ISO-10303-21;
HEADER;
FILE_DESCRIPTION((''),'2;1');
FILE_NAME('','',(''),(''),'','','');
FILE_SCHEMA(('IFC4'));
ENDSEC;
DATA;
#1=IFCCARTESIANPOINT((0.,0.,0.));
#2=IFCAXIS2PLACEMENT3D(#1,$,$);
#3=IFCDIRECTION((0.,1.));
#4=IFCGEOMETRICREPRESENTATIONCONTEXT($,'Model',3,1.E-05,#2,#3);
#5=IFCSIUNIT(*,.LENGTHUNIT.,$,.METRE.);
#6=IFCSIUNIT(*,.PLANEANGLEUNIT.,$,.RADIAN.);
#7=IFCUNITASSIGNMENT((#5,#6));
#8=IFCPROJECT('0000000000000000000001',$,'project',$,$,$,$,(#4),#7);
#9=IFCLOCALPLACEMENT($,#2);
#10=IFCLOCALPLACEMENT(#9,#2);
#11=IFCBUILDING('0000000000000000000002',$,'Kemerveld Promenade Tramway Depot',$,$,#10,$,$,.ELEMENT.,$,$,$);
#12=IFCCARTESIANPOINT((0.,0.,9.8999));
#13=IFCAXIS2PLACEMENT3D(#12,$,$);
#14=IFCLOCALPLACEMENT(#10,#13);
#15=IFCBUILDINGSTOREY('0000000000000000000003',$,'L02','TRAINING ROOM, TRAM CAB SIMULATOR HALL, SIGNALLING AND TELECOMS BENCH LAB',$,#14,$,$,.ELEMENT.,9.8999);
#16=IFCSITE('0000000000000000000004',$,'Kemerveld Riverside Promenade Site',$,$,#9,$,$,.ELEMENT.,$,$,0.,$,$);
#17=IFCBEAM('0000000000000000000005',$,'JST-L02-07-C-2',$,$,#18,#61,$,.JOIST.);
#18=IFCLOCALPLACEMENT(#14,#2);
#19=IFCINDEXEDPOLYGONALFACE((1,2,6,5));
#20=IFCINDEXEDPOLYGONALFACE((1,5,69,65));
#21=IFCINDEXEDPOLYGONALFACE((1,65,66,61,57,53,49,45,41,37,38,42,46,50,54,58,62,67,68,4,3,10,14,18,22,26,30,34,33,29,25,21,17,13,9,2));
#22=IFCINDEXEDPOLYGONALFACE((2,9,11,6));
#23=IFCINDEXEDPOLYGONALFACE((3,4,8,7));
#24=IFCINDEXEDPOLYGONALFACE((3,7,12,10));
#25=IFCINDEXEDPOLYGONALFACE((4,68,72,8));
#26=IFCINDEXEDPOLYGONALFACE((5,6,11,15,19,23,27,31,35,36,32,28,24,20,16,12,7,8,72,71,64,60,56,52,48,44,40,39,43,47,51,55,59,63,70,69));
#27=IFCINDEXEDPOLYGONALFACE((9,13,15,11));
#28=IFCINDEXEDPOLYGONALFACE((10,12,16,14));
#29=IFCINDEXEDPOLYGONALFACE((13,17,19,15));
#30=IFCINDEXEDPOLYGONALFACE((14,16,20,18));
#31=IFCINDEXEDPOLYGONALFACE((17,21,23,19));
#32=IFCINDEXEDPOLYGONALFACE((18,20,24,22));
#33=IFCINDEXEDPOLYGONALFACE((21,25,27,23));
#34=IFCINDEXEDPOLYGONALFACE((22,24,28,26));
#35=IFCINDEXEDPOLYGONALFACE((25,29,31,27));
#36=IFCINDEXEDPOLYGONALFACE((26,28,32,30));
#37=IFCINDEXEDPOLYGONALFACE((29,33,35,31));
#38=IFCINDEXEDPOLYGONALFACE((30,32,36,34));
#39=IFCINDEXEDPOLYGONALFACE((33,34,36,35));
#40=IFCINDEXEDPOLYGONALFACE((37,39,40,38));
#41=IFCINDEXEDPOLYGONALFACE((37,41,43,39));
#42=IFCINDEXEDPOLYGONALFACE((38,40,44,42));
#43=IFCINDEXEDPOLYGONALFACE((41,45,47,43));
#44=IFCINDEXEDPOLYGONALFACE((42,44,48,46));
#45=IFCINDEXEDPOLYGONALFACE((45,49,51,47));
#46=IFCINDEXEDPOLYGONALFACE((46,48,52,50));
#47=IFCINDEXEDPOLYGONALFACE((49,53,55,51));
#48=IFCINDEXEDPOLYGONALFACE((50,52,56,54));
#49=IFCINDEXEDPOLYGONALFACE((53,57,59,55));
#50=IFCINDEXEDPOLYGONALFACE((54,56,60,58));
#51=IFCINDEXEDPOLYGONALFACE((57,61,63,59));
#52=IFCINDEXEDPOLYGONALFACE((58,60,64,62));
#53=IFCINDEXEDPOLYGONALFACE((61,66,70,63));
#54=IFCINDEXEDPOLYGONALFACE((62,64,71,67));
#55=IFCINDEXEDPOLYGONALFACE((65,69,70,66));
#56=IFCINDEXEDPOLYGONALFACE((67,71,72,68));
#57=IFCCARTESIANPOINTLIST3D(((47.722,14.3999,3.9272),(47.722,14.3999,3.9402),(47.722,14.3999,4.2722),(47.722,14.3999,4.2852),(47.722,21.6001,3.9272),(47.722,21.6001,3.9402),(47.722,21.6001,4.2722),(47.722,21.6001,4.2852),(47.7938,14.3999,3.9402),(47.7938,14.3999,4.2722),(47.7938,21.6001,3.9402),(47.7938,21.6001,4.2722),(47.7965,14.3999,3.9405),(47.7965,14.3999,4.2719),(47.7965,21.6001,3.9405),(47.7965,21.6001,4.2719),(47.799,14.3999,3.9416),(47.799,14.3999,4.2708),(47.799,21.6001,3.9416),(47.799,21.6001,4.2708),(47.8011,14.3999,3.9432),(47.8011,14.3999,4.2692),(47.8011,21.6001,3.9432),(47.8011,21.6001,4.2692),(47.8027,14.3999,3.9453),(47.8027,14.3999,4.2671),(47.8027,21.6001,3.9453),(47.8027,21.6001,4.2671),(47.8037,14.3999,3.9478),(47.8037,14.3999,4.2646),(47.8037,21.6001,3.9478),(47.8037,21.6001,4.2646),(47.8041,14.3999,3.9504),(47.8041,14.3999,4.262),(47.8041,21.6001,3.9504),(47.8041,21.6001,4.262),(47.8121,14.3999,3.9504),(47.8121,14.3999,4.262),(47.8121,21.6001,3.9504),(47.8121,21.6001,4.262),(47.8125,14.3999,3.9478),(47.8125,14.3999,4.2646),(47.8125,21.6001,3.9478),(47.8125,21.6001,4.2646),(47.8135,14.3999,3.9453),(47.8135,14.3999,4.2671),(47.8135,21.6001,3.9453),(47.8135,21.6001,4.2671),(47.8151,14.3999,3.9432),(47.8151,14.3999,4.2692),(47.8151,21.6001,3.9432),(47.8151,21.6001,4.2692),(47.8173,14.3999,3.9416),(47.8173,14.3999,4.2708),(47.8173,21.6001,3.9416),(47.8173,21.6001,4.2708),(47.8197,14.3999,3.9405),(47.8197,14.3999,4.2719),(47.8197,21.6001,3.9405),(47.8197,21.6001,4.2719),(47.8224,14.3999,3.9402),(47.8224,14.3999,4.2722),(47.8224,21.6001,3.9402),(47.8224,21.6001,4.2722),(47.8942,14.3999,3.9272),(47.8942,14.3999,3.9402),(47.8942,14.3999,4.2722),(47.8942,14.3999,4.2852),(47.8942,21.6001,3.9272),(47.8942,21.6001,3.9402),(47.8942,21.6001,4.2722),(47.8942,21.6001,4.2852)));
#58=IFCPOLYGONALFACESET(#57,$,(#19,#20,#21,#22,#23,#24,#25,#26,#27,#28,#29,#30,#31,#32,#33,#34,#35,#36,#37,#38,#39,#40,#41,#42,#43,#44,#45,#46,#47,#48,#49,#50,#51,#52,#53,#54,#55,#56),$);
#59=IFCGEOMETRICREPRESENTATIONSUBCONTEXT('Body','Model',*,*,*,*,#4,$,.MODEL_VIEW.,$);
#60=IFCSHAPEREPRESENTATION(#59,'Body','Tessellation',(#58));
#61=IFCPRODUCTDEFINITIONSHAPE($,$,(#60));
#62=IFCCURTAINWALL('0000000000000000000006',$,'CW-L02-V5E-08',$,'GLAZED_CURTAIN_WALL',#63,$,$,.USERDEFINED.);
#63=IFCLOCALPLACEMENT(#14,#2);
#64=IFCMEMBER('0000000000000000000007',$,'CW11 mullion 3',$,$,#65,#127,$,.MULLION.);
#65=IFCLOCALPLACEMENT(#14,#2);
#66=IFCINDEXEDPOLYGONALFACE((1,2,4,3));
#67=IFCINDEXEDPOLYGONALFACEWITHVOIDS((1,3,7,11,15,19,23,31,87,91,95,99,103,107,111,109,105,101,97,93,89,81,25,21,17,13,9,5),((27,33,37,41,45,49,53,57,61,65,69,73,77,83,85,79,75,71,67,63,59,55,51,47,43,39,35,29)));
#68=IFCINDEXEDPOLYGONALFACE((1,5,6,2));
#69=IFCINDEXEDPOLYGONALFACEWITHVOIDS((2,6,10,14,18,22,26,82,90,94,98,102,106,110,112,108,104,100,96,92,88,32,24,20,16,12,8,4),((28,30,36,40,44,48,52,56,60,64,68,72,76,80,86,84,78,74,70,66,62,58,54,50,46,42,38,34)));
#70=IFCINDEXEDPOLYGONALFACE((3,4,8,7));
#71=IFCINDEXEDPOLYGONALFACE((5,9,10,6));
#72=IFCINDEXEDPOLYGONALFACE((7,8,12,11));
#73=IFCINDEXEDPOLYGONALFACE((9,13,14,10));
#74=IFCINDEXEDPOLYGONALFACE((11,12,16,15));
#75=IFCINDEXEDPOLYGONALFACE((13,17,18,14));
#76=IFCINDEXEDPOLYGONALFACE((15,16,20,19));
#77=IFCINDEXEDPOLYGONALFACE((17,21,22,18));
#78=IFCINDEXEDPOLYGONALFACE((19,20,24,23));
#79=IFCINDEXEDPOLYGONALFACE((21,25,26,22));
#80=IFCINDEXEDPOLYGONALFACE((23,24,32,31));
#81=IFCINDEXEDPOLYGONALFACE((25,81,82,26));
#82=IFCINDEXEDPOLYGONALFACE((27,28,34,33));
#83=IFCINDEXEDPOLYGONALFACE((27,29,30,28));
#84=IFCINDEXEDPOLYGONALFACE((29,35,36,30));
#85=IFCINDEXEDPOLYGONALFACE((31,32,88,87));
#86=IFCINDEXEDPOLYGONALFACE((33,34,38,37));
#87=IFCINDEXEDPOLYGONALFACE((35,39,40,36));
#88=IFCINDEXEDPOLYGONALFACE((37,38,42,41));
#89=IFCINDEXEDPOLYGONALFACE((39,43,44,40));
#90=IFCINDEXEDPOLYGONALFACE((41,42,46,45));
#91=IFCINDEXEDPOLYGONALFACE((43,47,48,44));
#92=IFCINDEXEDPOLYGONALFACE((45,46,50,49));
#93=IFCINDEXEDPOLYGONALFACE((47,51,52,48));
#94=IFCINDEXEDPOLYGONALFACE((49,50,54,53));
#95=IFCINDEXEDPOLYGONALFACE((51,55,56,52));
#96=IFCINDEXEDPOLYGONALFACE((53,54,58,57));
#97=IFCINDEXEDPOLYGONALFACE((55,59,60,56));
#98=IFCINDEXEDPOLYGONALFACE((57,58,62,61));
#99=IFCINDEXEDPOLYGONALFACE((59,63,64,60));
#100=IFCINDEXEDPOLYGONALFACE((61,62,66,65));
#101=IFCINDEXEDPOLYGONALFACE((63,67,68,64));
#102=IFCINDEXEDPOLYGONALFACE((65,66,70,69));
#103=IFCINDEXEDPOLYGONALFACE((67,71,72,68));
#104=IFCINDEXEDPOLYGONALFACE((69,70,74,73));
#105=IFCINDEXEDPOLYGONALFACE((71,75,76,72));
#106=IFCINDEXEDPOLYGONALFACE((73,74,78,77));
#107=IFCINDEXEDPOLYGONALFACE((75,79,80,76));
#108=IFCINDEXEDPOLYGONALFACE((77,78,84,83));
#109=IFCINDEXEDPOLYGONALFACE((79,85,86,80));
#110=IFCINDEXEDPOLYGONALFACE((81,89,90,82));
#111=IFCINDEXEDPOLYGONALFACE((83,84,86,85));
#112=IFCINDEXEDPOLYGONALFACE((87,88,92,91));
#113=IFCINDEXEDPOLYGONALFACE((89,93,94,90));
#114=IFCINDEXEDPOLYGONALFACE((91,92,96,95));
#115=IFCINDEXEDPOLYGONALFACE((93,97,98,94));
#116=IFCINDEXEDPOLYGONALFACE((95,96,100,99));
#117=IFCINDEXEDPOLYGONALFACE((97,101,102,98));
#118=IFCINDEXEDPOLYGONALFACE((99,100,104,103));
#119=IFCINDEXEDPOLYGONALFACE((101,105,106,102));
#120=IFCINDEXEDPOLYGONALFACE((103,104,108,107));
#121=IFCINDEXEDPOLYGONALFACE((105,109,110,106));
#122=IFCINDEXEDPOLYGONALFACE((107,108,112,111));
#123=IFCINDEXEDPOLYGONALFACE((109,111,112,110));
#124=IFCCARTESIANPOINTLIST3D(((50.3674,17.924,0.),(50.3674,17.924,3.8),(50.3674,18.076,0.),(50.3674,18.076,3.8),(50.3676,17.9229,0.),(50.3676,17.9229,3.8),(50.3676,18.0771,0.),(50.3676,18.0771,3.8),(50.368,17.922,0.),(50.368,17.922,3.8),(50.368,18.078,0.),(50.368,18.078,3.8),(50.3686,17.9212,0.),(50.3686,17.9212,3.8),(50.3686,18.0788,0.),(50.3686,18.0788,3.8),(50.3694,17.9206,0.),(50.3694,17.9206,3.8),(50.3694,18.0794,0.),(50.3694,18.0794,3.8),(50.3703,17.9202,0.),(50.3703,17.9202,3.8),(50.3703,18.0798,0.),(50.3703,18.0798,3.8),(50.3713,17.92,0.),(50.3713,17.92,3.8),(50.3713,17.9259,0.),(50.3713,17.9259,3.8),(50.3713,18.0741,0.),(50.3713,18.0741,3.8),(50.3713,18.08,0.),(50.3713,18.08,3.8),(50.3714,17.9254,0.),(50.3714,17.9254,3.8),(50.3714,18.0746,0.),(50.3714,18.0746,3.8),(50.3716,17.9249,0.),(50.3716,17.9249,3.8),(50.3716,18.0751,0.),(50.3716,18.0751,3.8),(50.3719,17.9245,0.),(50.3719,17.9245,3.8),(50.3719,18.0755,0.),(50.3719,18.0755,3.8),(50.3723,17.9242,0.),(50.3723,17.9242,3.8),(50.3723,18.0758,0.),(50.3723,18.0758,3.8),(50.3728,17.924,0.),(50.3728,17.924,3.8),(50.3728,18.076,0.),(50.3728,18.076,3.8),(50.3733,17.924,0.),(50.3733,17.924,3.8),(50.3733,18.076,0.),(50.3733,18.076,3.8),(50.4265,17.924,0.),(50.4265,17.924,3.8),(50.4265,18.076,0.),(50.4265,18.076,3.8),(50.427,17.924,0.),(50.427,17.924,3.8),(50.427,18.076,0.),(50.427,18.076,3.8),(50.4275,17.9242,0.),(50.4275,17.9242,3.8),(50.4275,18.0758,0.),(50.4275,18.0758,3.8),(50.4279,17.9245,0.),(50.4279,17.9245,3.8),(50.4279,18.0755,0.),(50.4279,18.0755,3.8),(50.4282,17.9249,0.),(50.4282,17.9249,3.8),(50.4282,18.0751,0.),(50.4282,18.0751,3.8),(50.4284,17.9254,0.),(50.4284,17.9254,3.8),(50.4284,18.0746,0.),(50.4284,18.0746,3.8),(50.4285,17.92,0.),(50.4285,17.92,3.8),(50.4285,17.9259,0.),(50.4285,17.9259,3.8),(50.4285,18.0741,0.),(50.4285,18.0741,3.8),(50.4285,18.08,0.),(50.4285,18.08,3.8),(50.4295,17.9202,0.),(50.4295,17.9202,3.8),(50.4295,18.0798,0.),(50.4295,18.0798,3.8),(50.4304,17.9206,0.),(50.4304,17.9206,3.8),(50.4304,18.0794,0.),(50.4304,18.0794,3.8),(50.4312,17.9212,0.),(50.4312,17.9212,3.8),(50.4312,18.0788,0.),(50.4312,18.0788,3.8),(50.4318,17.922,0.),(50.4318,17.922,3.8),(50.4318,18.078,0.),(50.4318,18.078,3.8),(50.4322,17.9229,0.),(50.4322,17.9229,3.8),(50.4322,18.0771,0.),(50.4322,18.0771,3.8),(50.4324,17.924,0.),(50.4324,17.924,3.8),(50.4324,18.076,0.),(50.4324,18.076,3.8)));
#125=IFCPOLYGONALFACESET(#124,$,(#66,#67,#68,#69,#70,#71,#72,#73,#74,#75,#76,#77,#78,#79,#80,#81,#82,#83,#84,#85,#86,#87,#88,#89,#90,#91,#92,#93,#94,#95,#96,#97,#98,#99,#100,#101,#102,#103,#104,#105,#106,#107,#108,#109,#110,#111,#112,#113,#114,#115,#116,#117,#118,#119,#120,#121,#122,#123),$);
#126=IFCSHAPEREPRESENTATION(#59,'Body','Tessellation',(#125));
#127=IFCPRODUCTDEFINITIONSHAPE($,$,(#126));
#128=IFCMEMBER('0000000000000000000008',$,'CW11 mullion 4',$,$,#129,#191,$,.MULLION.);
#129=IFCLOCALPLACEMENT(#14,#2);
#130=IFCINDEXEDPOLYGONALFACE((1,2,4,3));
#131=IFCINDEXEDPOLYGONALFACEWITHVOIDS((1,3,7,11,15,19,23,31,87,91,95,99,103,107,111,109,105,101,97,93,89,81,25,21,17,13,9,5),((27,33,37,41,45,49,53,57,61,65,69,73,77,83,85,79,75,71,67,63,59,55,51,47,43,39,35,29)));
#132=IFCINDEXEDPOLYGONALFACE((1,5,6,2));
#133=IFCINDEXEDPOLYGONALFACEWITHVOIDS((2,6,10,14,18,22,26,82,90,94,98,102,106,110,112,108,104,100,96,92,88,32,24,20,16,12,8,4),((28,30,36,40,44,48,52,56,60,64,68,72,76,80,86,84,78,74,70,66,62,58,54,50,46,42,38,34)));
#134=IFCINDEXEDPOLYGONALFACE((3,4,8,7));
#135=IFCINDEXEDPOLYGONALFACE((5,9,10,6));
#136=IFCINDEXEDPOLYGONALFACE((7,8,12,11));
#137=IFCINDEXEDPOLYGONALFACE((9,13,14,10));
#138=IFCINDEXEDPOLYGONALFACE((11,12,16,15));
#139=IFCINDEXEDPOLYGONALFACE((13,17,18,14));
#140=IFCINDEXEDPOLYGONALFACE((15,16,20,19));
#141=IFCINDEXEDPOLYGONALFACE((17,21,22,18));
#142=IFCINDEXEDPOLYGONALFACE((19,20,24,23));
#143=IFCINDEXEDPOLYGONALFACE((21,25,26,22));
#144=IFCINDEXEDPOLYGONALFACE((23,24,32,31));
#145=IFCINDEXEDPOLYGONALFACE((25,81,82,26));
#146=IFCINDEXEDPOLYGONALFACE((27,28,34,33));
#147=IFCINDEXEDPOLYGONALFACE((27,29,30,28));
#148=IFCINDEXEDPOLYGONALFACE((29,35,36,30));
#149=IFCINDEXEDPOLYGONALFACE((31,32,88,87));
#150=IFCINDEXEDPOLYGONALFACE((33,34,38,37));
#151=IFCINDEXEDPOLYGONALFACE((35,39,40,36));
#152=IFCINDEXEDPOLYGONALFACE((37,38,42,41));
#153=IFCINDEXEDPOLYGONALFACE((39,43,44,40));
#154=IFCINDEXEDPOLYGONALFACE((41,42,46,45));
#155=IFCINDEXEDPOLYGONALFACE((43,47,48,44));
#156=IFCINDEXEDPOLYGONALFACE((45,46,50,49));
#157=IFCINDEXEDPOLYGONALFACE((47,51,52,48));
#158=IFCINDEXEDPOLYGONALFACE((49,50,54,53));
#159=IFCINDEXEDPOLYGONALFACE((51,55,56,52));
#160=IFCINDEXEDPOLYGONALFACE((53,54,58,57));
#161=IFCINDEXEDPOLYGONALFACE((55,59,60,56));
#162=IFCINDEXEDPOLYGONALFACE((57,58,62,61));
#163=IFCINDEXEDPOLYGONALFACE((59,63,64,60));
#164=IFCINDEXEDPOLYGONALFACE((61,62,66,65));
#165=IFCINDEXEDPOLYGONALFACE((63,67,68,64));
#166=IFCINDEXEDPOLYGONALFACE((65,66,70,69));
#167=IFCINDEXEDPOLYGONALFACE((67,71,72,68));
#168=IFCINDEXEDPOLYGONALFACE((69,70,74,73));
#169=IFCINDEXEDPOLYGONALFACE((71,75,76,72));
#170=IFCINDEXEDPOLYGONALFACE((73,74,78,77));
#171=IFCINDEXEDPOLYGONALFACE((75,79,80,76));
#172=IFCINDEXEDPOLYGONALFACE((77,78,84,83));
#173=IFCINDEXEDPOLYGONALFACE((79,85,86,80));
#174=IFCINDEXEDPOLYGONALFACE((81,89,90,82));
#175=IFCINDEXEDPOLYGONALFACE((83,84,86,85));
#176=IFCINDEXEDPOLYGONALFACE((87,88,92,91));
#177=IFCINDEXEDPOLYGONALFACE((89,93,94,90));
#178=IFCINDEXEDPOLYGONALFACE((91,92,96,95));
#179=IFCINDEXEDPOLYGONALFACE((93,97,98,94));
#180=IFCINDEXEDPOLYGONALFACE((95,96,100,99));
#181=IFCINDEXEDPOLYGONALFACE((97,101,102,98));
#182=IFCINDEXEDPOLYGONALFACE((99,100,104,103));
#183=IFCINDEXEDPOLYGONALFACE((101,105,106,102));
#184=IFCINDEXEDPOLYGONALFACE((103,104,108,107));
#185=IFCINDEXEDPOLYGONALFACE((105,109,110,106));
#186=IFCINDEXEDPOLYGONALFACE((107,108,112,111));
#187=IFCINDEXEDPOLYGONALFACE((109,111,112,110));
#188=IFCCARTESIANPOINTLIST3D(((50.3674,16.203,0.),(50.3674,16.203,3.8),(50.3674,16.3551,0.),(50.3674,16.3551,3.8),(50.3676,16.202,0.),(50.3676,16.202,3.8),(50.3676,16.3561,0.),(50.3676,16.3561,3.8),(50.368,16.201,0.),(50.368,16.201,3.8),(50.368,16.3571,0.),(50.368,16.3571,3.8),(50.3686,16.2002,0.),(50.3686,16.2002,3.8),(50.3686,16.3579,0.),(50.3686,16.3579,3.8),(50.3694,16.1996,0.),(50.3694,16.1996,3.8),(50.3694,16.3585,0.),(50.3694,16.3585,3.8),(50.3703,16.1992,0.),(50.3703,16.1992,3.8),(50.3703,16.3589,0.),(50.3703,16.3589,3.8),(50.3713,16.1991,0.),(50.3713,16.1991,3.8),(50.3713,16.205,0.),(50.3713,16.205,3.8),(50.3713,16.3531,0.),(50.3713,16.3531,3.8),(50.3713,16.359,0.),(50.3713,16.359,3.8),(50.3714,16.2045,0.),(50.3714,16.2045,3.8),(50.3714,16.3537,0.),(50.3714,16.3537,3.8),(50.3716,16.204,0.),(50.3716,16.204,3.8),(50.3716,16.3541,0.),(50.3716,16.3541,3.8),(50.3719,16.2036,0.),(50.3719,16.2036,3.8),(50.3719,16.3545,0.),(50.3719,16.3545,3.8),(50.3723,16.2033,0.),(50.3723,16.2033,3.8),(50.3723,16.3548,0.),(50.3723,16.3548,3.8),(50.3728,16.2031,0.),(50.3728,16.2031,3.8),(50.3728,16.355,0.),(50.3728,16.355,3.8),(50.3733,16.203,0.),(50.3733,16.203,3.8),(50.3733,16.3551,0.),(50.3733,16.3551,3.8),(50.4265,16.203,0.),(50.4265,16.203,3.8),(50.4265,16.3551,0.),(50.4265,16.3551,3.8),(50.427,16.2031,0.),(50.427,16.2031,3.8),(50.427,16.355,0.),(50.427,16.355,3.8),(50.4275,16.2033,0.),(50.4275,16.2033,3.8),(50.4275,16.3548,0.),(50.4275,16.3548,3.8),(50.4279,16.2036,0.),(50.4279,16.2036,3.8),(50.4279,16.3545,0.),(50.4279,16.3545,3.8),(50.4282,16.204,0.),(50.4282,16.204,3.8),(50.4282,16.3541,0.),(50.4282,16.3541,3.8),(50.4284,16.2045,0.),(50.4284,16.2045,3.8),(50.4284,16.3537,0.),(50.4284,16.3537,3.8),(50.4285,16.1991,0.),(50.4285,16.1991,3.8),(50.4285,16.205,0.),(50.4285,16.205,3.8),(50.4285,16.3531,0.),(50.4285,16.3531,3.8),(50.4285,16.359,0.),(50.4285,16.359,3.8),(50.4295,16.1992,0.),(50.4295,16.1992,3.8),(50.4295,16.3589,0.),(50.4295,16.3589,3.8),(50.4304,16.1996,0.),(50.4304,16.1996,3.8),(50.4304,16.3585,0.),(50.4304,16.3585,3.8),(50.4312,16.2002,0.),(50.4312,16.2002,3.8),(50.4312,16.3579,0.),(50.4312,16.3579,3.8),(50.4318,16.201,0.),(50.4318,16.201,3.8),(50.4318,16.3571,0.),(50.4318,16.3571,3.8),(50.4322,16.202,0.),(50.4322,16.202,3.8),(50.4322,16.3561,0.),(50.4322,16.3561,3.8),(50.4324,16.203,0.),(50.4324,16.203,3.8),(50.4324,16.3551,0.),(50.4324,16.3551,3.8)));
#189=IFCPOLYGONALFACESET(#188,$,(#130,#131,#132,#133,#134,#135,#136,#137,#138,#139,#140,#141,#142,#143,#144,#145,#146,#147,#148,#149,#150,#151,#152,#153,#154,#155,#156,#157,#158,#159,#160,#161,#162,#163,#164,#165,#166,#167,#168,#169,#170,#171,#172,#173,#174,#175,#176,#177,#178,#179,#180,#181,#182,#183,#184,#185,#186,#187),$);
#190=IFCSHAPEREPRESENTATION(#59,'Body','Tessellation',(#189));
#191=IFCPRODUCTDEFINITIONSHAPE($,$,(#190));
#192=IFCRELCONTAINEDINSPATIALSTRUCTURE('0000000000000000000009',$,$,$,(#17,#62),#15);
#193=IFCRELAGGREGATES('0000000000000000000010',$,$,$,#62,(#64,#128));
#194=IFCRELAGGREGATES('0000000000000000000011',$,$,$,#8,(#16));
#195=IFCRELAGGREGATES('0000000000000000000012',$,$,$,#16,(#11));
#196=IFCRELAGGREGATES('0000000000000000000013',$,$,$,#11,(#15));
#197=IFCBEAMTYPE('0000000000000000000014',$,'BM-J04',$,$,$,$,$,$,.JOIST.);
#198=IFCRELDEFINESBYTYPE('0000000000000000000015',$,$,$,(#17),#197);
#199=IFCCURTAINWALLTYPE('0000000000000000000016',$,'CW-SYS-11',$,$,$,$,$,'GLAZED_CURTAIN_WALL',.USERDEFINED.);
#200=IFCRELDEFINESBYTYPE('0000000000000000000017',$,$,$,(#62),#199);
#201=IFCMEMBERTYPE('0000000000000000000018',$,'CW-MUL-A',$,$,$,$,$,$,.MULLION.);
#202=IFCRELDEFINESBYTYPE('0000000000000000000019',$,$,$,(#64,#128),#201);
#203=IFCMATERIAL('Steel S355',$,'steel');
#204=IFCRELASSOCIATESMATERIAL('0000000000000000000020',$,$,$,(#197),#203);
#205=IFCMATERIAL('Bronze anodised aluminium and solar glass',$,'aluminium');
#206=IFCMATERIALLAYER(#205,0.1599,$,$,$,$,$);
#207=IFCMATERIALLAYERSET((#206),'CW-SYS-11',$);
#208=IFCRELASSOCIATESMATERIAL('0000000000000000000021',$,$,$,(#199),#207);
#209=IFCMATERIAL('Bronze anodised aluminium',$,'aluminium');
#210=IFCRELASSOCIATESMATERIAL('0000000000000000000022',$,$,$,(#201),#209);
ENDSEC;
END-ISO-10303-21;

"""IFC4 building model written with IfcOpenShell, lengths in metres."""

from ifc_helpers import new_model, si_unit, direction, frame, origin, origin_2d, place, context, subcontext, project, spatial, hollow_rectangle, i_section, extrude, material, layer, layer_set, material_profile, profile_set, type_object, element, aggregate, save


model = new_model("IFC4")

# Units and contexts
model_context = context("Model", 3, precision=1e-05, world=origin(), true_north=direction((0.0, 1.0)))
body_context = subcontext(model_context, "Body", "Model", "MODEL_VIEW")
ifc_project = project(units=[si_unit("LENGTHUNIT", "METRE"), si_unit("PLANEANGLEUNIT", "RADIAN")], contexts=[model_context])

# Site, building, storey
site_placement = place(None, origin())
site = spatial("IfcSite", under=ifc_project, at=site_placement, Name="Kemerveld Riverside Promenade Site", CompositionType="ELEMENT", RefElevation=0.0)
building_placement = place(site_placement, origin())
building = spatial("IfcBuilding", under=site, at=building_placement, Name="Kemerveld Promenade Tramway Depot", CompositionType="ELEMENT")
storey_placement = place(building_placement, frame((0.0, 0.0, 9.8999)))
storey = spatial("IfcBuildingStorey", under=building, at=storey_placement, Name="L02", Description="TRAINING ROOM, TRAM CAB SIMULATOR HALL, SIGNALLING AND TELECOMS BENCH LAB", CompositionType="ELEMENT", Elevation=9.8999)

# Shared definitions
ifc_material_1 = material(Name="Steel S355", Category="steel")

# Beam
ifc_material_profile_1 = material_profile(ifc_material_1, i_section(OverallWidth=0.1721, OverallDepth=0.3579, WebThickness=0.0081, FlangeThickness=0.0129, FilletRadius=0.0103, at=origin_2d()), Name="356x171x57 UB")
ifc_profile_set_1 = profile_set([ifc_material_profile_1], Name="Steel S355")
beam_type_1 = type_object("IfcBeamType", Name="BM-J04", PredefinedType="JOIST", material=ifc_profile_set_1)
for number, where, z_axis, x_axis, name in (
    (1, (47.8081, 14.3999, 4.1062), (0.0, 1.0, 0.0), (-1.0, 0.0, 0.0), "JST-L02-07-C-2"),
):
    element("IfcBeam", number, at=place(storey_placement, frame(where, z_axis=z_axis, x_axis=x_axis)), inside=storey, type_object=beam_type_1, Name=name, PredefinedType="JOIST", context=body_context, shape_type="SweptSolid", body=[
        extrude(i_section(OverallWidth=0.1721, OverallDepth=0.3579, WebThickness=0.0081, FlangeThickness=0.0129, FilletRadius=0.0103, at=origin_2d()), origin(), (0.0, 0.0, 1.0), 7.2002),
    ])

# Curtain wall, members
ifc_material_2 = material(Name="Bronze anodised aluminium and solar glass", Category="aluminium")
ifc_layer_1 = layer(ifc_material_2, 0.1599)
ifc_layer_set_1 = layer_set([ifc_layer_1], Name="CW-SYS-11")
curtain_wall_type = type_object("IfcCurtainWallType", Name="CW-SYS-11", ElementType="GLAZED_CURTAIN_WALL", PredefinedType="USERDEFINED", material=ifc_layer_set_1)
curtain_wall_placement = place(storey_placement, origin())
curtain_wall = element("IfcCurtainWall", 2, at=curtain_wall_placement, inside=storey, type_object=curtain_wall_type, Name="CW-L02-V5E-08", ObjectType="GLAZED_CURTAIN_WALL", PredefinedType="USERDEFINED")
ifc_material_3 = material(Name="Bronze anodised aluminium", Category="aluminium")
ifc_material_profile_2 = material_profile(ifc_material_3, hollow_rectangle(XDim=0.0649, YDim=0.1599, WallThickness=0.0039, InnerFilletRadius=0.002, OuterFilletRadius=0.0039, at=origin_2d()), Name="CW-MUL-160x65")
ifc_profile_set_2 = profile_set([ifc_material_profile_2], Name="Bronze anodised aluminium")
member_type_1 = type_object("IfcMemberType", Name="CW-MUL-A", PredefinedType="MULLION", material=ifc_profile_set_2)
member_1_placement = place(storey_placement, frame((50.3999, 18.0, 0.0), z_axis=(0.0, 0.0, 1.0), x_axis=(1.0, 0.0, 0.0)))
member_1 = element("IfcMember", 3, at=member_1_placement, type_object=member_type_1, Name="CW11 mullion 3", PredefinedType="MULLION", context=body_context, shape_type="SweptSolid", body=[
    extrude(hollow_rectangle(XDim=0.0649, YDim=0.1599, WallThickness=0.0039, InnerFilletRadius=0.002, OuterFilletRadius=0.0039, at=origin_2d()), origin(), (0.0, 0.0, 1.0), 3.8),
])
member_2_placement = place(storey_placement, frame((50.3999, 16.2791, 0.0), z_axis=(0.0, 0.0, 1.0), x_axis=(1.0, 0.0, 0.0)))
member_2 = element("IfcMember", 4, at=member_2_placement, type_object=member_type_1, Name="CW11 mullion 4", PredefinedType="MULLION", context=body_context, shape_type="SweptSolid", body=[
    extrude(hollow_rectangle(XDim=0.0649, YDim=0.1599, WallThickness=0.0039, InnerFilletRadius=0.002, OuterFilletRadius=0.0039, at=origin_2d()), origin(), (0.0, 0.0, 1.0), 3.8),
])
aggregate(curtain_wall, [member_1, member_2])

save(model, "model.ifc")
